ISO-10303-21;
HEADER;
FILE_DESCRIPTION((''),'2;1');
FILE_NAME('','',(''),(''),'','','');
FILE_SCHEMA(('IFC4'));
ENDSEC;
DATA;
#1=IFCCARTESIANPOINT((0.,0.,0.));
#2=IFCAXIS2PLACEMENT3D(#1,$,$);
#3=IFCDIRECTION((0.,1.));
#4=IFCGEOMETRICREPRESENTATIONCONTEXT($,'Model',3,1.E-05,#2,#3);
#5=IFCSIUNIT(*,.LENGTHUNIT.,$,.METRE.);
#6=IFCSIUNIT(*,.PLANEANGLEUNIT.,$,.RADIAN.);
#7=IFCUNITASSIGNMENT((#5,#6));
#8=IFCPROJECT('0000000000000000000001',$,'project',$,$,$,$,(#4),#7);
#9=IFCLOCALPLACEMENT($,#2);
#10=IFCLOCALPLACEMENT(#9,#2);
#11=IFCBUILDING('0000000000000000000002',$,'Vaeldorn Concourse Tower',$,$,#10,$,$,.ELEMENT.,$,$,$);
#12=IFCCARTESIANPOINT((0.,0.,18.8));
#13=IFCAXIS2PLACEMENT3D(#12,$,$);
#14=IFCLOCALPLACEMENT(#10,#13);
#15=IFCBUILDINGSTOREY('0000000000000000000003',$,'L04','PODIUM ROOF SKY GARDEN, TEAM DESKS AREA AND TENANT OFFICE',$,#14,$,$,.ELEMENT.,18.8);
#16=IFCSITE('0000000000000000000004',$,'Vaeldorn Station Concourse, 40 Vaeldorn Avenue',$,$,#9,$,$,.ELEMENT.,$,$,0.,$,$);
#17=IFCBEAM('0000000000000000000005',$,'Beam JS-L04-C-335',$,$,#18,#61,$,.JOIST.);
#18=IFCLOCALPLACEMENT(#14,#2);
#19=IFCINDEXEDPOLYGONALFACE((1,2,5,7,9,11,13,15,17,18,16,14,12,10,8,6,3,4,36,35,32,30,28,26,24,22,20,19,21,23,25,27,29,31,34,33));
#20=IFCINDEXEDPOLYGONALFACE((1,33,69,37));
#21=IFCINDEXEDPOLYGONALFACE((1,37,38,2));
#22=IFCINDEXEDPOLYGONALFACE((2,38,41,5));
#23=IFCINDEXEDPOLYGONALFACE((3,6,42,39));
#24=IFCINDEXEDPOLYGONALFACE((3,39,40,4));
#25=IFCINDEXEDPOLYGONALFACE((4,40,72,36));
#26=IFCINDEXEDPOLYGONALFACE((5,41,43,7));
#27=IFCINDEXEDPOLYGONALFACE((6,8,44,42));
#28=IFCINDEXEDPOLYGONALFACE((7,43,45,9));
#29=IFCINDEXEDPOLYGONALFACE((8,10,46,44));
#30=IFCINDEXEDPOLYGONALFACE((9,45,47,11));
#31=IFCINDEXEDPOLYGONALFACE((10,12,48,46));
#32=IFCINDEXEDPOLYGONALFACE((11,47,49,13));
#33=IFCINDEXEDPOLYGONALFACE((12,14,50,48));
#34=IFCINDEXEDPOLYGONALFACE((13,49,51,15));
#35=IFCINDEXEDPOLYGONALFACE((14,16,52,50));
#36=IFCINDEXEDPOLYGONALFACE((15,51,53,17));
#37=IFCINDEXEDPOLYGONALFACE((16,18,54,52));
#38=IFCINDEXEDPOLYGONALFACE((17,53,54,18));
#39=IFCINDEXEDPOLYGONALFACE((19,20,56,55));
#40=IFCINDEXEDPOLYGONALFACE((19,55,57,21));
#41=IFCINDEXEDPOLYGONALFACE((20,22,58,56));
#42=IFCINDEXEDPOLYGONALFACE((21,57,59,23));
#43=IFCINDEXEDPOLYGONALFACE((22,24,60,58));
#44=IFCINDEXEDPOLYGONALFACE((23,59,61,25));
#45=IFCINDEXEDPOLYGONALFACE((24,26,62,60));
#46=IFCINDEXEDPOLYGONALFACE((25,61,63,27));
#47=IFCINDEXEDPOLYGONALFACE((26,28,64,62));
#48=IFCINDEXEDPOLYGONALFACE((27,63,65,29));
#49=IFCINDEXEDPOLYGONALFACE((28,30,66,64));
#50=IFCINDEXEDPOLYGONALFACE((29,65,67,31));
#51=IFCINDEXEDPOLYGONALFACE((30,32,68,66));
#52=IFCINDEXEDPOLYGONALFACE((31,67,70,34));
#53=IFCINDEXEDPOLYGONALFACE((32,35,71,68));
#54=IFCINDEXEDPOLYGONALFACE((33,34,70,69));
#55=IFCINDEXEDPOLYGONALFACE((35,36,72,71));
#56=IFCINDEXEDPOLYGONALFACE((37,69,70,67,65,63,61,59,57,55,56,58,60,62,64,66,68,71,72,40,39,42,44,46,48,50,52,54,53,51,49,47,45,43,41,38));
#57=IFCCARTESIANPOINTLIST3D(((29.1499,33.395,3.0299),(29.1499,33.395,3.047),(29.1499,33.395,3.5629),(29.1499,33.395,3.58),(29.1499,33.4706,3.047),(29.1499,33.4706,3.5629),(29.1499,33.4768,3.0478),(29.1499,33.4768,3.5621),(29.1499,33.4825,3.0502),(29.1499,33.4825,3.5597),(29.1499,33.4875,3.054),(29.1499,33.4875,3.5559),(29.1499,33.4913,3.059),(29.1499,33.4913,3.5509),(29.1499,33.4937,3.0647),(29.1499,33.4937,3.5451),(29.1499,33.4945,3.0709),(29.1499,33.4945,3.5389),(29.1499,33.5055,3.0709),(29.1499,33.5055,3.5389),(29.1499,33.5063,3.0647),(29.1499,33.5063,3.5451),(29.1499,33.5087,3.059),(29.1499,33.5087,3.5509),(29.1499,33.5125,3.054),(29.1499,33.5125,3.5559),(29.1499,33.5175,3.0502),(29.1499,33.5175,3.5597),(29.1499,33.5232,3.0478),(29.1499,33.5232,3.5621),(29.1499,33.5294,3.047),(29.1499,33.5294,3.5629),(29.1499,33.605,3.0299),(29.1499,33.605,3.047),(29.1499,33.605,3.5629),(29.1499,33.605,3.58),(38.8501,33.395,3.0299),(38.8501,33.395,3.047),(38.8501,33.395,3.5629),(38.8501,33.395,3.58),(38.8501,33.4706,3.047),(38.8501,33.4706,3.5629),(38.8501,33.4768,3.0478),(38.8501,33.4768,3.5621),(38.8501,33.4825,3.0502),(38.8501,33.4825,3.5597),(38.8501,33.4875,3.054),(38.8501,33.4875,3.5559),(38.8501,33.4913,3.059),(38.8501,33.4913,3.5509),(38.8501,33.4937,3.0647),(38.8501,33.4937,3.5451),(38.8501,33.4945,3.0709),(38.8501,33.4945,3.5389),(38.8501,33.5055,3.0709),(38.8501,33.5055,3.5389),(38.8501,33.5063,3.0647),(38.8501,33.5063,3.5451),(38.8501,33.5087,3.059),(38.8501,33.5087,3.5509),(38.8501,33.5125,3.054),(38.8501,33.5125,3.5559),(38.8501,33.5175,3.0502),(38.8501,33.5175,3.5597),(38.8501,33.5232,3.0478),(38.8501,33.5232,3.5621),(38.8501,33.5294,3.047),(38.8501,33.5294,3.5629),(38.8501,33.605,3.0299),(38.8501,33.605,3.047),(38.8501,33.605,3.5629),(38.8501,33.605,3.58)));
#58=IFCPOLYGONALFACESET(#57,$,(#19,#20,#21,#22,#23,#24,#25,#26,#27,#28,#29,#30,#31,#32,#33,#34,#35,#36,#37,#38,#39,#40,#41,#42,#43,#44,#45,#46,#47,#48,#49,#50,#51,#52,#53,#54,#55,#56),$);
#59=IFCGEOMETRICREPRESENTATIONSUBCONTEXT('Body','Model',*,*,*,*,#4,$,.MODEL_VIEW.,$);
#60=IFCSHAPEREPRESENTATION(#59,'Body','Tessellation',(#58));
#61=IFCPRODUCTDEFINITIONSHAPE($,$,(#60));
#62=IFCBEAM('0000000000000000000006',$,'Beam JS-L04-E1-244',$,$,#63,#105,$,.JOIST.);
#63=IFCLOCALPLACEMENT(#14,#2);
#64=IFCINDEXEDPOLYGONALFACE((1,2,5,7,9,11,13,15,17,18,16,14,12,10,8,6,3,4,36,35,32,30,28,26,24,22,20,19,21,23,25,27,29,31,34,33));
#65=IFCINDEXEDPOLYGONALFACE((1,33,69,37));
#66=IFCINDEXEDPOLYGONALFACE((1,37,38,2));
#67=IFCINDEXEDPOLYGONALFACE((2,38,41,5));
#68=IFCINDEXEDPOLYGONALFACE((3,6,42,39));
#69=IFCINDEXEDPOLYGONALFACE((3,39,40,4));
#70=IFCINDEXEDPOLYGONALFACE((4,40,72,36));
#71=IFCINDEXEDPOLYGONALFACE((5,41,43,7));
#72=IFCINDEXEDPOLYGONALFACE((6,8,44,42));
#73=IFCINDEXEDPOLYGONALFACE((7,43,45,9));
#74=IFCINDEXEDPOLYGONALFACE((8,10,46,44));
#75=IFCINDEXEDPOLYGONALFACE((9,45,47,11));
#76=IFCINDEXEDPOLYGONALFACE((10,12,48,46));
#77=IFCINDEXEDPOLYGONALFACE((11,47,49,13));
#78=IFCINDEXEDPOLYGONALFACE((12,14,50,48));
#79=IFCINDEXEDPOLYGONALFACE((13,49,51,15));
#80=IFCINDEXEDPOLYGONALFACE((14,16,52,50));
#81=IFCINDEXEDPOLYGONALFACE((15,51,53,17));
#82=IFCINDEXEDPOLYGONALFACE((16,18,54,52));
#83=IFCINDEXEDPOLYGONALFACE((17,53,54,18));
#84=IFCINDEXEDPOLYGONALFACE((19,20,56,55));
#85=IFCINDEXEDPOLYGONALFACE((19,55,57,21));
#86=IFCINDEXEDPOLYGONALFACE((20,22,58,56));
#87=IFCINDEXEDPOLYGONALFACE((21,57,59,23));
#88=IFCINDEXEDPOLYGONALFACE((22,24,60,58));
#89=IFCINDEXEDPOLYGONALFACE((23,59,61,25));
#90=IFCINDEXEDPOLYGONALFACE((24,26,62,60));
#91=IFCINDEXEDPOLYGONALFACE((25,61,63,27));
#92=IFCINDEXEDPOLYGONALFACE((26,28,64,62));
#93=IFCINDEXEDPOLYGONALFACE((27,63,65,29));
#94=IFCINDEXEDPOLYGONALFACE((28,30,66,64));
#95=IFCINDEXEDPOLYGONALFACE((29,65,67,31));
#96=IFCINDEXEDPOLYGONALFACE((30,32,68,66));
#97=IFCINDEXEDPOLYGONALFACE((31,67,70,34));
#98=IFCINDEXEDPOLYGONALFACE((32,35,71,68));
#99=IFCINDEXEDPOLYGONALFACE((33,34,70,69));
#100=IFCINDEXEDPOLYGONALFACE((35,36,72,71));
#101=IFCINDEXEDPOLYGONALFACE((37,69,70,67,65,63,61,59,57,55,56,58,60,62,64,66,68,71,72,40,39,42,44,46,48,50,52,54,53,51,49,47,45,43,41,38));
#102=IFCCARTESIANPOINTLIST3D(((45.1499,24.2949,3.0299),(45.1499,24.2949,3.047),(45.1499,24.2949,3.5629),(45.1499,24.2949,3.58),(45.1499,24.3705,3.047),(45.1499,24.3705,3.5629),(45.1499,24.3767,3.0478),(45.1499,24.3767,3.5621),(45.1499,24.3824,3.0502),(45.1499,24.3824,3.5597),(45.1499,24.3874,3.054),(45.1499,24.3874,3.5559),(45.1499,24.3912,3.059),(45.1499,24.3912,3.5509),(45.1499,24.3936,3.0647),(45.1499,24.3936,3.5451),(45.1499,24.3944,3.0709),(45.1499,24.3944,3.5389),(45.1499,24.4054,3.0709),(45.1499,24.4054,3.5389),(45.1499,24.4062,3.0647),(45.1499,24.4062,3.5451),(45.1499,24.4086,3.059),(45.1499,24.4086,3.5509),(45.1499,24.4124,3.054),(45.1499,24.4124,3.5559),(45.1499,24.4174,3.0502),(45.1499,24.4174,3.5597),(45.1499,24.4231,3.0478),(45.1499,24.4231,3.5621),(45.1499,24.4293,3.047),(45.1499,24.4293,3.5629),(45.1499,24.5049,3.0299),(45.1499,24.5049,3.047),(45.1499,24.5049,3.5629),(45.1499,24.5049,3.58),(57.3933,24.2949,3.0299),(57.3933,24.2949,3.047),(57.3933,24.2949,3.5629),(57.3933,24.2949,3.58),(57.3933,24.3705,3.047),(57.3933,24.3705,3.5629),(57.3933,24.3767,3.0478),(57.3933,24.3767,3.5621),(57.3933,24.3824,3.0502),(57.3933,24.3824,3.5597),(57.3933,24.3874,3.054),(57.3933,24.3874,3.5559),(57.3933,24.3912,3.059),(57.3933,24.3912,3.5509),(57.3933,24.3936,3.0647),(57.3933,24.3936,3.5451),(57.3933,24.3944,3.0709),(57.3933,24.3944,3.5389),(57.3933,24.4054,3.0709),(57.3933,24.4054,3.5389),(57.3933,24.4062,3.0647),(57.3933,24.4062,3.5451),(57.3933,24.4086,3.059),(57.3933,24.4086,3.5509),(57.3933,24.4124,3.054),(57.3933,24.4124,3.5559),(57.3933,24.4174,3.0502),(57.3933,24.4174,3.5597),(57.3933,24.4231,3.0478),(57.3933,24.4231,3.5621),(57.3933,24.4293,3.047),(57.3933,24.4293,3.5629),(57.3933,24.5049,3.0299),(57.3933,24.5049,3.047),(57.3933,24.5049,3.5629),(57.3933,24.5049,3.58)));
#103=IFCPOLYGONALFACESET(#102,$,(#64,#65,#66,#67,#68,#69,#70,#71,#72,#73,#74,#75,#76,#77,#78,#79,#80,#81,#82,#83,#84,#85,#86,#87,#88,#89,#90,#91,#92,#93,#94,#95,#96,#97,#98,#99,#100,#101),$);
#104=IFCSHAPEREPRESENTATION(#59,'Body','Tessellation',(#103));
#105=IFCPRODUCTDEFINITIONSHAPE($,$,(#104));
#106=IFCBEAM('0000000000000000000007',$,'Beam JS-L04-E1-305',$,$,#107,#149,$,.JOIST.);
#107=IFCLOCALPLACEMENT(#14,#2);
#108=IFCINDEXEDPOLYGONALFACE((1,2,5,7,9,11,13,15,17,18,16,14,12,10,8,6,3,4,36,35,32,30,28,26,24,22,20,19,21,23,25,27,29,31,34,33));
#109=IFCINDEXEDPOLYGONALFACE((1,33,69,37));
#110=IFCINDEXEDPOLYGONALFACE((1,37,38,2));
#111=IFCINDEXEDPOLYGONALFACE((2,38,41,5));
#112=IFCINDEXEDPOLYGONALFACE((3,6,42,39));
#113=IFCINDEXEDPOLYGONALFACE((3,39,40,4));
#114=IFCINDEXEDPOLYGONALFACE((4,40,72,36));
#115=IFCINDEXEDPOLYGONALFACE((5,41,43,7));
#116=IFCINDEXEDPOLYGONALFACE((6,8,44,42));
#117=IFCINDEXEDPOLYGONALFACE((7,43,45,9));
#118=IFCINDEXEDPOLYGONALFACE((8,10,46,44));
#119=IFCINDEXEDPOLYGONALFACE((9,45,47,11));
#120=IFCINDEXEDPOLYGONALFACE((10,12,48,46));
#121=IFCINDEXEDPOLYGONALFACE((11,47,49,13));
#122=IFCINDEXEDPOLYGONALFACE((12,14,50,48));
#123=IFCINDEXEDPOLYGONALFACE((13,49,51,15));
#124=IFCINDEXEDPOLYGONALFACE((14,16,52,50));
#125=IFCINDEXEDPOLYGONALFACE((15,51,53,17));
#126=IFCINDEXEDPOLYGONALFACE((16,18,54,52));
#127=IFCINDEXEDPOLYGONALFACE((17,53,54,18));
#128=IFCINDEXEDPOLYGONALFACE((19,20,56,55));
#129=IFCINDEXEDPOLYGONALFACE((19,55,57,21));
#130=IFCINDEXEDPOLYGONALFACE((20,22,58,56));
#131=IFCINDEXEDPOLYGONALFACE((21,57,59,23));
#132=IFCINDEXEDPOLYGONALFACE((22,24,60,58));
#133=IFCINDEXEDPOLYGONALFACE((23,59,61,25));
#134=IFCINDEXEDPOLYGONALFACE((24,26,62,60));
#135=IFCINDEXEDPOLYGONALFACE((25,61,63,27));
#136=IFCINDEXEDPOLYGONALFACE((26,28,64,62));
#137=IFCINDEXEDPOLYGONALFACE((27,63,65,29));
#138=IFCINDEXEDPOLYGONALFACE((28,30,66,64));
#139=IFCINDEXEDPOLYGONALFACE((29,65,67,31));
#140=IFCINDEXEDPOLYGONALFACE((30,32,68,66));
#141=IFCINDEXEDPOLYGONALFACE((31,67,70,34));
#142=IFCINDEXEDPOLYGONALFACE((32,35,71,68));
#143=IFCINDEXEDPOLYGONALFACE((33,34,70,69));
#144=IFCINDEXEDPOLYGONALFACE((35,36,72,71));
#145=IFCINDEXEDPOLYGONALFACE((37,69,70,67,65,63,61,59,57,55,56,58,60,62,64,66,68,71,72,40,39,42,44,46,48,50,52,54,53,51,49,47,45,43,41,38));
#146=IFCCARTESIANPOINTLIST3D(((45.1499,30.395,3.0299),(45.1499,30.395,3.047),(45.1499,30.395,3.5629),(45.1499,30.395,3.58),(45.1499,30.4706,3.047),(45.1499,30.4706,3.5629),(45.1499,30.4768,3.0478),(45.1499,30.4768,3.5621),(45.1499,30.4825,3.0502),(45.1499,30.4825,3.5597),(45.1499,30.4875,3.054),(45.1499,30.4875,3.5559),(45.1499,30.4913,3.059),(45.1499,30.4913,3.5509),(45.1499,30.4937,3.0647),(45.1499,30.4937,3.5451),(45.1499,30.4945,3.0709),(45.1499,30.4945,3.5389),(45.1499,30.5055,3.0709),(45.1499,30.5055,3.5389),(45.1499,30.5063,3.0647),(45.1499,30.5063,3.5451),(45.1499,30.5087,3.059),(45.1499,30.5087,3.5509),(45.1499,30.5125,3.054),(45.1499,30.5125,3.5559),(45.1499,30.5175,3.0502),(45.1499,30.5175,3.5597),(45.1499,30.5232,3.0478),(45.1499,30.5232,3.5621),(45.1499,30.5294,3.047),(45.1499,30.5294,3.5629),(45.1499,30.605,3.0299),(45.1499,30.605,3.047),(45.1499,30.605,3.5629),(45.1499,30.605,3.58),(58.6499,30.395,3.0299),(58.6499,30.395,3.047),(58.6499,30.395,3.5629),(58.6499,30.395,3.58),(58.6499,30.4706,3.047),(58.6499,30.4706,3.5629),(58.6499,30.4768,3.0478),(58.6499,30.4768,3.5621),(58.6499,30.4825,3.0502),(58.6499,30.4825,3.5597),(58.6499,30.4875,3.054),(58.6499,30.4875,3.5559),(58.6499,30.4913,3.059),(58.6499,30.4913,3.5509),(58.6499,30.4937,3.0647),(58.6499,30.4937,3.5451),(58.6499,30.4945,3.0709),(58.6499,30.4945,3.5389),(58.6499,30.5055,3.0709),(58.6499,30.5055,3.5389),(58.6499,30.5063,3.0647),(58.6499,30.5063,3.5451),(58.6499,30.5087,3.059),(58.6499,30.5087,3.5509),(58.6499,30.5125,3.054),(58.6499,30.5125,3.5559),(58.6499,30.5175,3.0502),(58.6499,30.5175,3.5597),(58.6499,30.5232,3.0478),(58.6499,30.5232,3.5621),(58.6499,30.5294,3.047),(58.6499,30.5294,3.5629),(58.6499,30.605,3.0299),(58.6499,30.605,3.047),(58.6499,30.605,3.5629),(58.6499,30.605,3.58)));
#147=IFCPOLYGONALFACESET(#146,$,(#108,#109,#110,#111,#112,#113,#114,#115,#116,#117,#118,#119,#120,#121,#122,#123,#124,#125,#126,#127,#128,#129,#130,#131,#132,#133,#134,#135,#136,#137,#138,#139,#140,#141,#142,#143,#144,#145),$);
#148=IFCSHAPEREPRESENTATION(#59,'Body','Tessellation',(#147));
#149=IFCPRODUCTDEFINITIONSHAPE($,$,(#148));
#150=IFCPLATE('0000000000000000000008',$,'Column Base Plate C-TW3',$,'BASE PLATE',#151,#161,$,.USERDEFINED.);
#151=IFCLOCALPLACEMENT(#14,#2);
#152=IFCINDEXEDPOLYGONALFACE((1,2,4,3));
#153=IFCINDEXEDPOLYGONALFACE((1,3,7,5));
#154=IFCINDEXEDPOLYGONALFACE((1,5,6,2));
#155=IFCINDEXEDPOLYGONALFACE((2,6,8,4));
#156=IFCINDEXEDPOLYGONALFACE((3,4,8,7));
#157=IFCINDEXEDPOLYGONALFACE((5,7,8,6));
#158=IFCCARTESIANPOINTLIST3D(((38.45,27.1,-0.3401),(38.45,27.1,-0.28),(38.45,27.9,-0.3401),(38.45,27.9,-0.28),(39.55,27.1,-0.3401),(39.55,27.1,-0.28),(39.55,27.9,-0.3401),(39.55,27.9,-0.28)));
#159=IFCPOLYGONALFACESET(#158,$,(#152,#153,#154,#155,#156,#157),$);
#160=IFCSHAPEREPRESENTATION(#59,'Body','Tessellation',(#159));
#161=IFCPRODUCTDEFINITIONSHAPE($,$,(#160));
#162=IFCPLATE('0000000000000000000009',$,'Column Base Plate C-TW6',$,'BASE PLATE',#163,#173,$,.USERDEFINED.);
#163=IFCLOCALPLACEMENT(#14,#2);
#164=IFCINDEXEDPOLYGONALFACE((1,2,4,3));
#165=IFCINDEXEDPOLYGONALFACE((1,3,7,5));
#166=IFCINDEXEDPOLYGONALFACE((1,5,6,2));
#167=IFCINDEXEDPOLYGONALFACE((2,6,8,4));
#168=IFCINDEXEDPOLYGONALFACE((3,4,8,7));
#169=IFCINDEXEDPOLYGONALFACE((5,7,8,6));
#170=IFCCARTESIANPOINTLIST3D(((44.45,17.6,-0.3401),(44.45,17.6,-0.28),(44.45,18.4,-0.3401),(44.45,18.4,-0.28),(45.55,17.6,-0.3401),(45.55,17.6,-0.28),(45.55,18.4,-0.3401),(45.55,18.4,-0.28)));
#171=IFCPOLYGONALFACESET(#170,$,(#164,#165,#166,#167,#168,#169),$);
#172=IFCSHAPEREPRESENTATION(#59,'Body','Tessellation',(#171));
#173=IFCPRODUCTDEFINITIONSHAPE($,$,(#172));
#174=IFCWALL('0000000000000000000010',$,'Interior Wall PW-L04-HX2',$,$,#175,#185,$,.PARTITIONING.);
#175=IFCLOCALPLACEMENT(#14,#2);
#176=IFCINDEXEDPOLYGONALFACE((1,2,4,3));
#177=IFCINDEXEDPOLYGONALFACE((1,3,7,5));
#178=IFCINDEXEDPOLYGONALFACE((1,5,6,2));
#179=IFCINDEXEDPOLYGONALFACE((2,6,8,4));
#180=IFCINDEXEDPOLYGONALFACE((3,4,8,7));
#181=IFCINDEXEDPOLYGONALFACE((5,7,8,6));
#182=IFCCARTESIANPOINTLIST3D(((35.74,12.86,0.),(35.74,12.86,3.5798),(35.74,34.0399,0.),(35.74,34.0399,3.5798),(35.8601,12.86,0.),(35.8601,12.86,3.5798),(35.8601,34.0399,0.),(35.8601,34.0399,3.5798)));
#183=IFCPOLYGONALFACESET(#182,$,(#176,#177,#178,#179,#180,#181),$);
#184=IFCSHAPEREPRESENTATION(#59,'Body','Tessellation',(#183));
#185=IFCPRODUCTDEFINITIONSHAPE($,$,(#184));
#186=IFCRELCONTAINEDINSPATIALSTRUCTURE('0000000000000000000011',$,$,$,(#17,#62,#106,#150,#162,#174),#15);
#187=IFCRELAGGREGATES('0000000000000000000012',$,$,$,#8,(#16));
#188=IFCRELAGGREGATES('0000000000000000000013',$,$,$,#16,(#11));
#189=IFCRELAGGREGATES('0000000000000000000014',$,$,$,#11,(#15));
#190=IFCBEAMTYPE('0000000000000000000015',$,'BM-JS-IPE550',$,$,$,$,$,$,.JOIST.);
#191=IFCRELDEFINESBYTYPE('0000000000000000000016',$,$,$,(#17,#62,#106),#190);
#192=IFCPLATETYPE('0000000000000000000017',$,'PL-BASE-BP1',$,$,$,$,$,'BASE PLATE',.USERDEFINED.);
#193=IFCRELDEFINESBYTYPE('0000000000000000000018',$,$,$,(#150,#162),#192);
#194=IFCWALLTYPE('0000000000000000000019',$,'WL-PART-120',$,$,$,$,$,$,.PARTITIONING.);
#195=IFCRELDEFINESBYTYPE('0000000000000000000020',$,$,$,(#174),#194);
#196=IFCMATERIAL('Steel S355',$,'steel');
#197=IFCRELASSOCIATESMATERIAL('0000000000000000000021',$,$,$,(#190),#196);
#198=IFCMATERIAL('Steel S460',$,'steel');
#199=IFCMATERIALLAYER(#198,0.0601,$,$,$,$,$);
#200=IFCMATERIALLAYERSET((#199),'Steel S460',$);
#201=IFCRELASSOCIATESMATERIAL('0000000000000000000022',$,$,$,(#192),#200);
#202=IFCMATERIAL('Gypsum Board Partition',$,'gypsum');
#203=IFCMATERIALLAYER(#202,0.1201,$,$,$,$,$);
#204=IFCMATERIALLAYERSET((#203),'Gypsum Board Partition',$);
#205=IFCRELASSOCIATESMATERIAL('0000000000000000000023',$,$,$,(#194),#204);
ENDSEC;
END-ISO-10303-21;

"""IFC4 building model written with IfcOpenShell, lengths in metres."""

from ifc_helpers import new_model, si_unit, direction, frame, frame_2d, origin, origin_2d, place, context, subcontext, project, spatial, rectangle, i_section, extrude, source, transform, mapped, material, layer, layer_set, material_profile, profile_set, type_object, element, save


model = new_model("IFC4")

# Units and contexts
model_context = context("Model", 3, precision=1e-05, world=origin(), true_north=direction((0.0, 1.0)))
body_context = subcontext(model_context, "Body", "Model", "MODEL_VIEW")
ifc_project = project(units=[si_unit("LENGTHUNIT", "METRE"), si_unit("PLANEANGLEUNIT", "RADIAN")], contexts=[model_context])

# Site, building, storey
site_placement = place(None, origin())
site = spatial("IfcSite", under=ifc_project, at=site_placement, Name="Vaeldorn Station Concourse, 40 Vaeldorn Avenue", CompositionType="ELEMENT", RefElevation=0.0)
building_placement = place(site_placement, origin())
building = spatial("IfcBuilding", under=site, at=building_placement, Name="Vaeldorn Concourse Tower", CompositionType="ELEMENT")
storey_placement = place(building_placement, frame((0.0, 0.0, 18.8)))
storey = spatial("IfcBuildingStorey", under=building, at=storey_placement, Name="L04", Description="PODIUM ROOF SKY GARDEN, TEAM DESKS AREA AND TENANT OFFICE", CompositionType="ELEMENT", Elevation=18.8)

# Shared definitions
ifc_material_1 = material(Name="Steel S460", Category="steel")

# Beams
ifc_material_2 = material(Name="Steel S355", Category="steel")
ifc_material_profile_1 = material_profile(ifc_material_2, i_section(OverallWidth=0.21, OverallDepth=0.55, WebThickness=0.011, FlangeThickness=0.0171, FilletRadius=0.0239, at=origin_2d()), Name="IPE 550")
ifc_profile_set_1 = profile_set([ifc_material_profile_1], Name="Steel S355")
beam_type_1 = type_object("IfcBeamType", Name="BM-JS-IPE550", PredefinedType="JOIST", material=ifc_profile_set_1)
shared_shape_1 = source(origin(), body_context, "Body", "SweptSolid", [
    extrude(i_section(OverallWidth=0.21, OverallDepth=0.55, WebThickness=0.011, FlangeThickness=0.0171, FilletRadius=0.0239, at=origin_2d()), origin(), (0.0, 0.0, 1.0), 9.7002),
])
for number, where, z_axis, x_axis, name in (
    (1, (29.1499, 33.5, 3.3049), (1.0, 0.0, 0.0), (0.0, 1.0, 0.0), "Beam JS-L04-C-335"),
):
    element("IfcBeam", number, at=place(storey_placement, frame(where, z_axis=z_axis, x_axis=x_axis)), inside=storey, type_object=beam_type_1, Name=name, PredefinedType="JOIST", context=body_context, shape_type="MappedRepresentation", body=[
        mapped(shared_shape_1, transform((0.0, 0.0, 0.0), scale=1.0)),
    ])
shared_shape_2 = source(origin(), body_context, "Body", "SweptSolid", [
    extrude(i_section(OverallWidth=0.21, OverallDepth=0.55, WebThickness=0.011, FlangeThickness=0.0171, FilletRadius=0.0239, at=origin_2d()), origin(), (0.0, 0.0, 1.0), 12.2434),
])
beam_1_placement = place(storey_placement, frame((45.1499, 24.3999, 3.3049), z_axis=(1.0, 0.0, 0.0), x_axis=(0.0, 1.0, 0.0)))
element("IfcBeam", 2, at=beam_1_placement, inside=storey, type_object=beam_type_1, Name="Beam JS-L04-E1-244", PredefinedType="JOIST", context=body_context, shape_type="MappedRepresentation", body=[
    mapped(shared_shape_2, transform((0.0, 0.0, 0.0), scale=1.0)),
])
shared_shape_3 = source(origin(), body_context, "Body", "SweptSolid", [
    extrude(i_section(OverallWidth=0.21, OverallDepth=0.55, WebThickness=0.011, FlangeThickness=0.0171, FilletRadius=0.0239, at=origin_2d()), origin(), (0.0, 0.0, 1.0), 13.5),
])
beam_2_placement = place(storey_placement, frame((45.1499, 30.5, 3.3049), z_axis=(1.0, 0.0, 0.0), x_axis=(0.0, 1.0, 0.0)))
element("IfcBeam", 3, at=beam_2_placement, inside=storey, type_object=beam_type_1, Name="Beam JS-L04-E1-305", PredefinedType="JOIST", context=body_context, shape_type="MappedRepresentation", body=[
    mapped(shared_shape_3, transform((0.0, 0.0, 0.0), scale=1.0)),
])

# Plates
ifc_layer_1 = layer(ifc_material_1, 0.0601)
ifc_layer_set_1 = layer_set([ifc_layer_1], Name="Steel S460")
plate_type = type_object("IfcPlateType", Name="PL-BASE-BP1", ElementType="BASE PLATE", PredefinedType="USERDEFINED", material=ifc_layer_set_1)
shared_shape_4 = source(origin(), body_context, "Body", "SweptSolid", [
    extrude(rectangle(XDim=1.1001, YDim=0.8, at=origin_2d()), origin(), (0.0, 0.0, 1.0), 0.0601),
])
for number, where, z_axis, x_axis, name in (
    (4, (39.0, 27.5, -0.3401), (0.0, 0.0, 1.0), (1.0, 0.0, 0.0), "Column Base Plate C-TW3"),
    (5, (45.0, 18.0, -0.3401), (0.0, 0.0, 1.0), (1.0, 0.0, 0.0), "Column Base Plate C-TW6"),
):
    element("IfcPlate", number, at=place(storey_placement, frame(where, z_axis=z_axis, x_axis=x_axis)), inside=storey, type_object=plate_type, Name=name, ObjectType="BASE PLATE", PredefinedType="USERDEFINED", context=body_context, shape_type="MappedRepresentation", body=[
        mapped(shared_shape_4, transform((0.0, 0.0, 0.0), scale=1.0)),
    ])

# Wall
ifc_material_3 = material(Name="Gypsum Board Partition", Category="gypsum")
ifc_layer_2 = layer(ifc_material_3, 0.1201)
ifc_layer_set_2 = layer_set([ifc_layer_2], Name="Gypsum Board Partition")
wall_type = type_object("IfcWallType", Name="WL-PART-120", PredefinedType="PARTITIONING", material=ifc_layer_set_2)
wall_placement = place(storey_placement, frame((35.8, 12.8601, 0.0), z_axis=(0.0, 0.0, 1.0), x_axis=(0.0, 1.0, 0.0)))
element("IfcWall", 6, at=wall_placement, inside=storey, type_object=wall_type, Name="Interior Wall PW-L04-HX2", PredefinedType="PARTITIONING", context=body_context, shape_type="SweptSolid", body=[
    extrude(rectangle(XDim=21.1799, YDim=0.1201, at=frame_2d((10.5898, 0.0))), origin(), (0.0, 0.0, 1.0), 3.5798),
])

save(model, "model.ifc")
